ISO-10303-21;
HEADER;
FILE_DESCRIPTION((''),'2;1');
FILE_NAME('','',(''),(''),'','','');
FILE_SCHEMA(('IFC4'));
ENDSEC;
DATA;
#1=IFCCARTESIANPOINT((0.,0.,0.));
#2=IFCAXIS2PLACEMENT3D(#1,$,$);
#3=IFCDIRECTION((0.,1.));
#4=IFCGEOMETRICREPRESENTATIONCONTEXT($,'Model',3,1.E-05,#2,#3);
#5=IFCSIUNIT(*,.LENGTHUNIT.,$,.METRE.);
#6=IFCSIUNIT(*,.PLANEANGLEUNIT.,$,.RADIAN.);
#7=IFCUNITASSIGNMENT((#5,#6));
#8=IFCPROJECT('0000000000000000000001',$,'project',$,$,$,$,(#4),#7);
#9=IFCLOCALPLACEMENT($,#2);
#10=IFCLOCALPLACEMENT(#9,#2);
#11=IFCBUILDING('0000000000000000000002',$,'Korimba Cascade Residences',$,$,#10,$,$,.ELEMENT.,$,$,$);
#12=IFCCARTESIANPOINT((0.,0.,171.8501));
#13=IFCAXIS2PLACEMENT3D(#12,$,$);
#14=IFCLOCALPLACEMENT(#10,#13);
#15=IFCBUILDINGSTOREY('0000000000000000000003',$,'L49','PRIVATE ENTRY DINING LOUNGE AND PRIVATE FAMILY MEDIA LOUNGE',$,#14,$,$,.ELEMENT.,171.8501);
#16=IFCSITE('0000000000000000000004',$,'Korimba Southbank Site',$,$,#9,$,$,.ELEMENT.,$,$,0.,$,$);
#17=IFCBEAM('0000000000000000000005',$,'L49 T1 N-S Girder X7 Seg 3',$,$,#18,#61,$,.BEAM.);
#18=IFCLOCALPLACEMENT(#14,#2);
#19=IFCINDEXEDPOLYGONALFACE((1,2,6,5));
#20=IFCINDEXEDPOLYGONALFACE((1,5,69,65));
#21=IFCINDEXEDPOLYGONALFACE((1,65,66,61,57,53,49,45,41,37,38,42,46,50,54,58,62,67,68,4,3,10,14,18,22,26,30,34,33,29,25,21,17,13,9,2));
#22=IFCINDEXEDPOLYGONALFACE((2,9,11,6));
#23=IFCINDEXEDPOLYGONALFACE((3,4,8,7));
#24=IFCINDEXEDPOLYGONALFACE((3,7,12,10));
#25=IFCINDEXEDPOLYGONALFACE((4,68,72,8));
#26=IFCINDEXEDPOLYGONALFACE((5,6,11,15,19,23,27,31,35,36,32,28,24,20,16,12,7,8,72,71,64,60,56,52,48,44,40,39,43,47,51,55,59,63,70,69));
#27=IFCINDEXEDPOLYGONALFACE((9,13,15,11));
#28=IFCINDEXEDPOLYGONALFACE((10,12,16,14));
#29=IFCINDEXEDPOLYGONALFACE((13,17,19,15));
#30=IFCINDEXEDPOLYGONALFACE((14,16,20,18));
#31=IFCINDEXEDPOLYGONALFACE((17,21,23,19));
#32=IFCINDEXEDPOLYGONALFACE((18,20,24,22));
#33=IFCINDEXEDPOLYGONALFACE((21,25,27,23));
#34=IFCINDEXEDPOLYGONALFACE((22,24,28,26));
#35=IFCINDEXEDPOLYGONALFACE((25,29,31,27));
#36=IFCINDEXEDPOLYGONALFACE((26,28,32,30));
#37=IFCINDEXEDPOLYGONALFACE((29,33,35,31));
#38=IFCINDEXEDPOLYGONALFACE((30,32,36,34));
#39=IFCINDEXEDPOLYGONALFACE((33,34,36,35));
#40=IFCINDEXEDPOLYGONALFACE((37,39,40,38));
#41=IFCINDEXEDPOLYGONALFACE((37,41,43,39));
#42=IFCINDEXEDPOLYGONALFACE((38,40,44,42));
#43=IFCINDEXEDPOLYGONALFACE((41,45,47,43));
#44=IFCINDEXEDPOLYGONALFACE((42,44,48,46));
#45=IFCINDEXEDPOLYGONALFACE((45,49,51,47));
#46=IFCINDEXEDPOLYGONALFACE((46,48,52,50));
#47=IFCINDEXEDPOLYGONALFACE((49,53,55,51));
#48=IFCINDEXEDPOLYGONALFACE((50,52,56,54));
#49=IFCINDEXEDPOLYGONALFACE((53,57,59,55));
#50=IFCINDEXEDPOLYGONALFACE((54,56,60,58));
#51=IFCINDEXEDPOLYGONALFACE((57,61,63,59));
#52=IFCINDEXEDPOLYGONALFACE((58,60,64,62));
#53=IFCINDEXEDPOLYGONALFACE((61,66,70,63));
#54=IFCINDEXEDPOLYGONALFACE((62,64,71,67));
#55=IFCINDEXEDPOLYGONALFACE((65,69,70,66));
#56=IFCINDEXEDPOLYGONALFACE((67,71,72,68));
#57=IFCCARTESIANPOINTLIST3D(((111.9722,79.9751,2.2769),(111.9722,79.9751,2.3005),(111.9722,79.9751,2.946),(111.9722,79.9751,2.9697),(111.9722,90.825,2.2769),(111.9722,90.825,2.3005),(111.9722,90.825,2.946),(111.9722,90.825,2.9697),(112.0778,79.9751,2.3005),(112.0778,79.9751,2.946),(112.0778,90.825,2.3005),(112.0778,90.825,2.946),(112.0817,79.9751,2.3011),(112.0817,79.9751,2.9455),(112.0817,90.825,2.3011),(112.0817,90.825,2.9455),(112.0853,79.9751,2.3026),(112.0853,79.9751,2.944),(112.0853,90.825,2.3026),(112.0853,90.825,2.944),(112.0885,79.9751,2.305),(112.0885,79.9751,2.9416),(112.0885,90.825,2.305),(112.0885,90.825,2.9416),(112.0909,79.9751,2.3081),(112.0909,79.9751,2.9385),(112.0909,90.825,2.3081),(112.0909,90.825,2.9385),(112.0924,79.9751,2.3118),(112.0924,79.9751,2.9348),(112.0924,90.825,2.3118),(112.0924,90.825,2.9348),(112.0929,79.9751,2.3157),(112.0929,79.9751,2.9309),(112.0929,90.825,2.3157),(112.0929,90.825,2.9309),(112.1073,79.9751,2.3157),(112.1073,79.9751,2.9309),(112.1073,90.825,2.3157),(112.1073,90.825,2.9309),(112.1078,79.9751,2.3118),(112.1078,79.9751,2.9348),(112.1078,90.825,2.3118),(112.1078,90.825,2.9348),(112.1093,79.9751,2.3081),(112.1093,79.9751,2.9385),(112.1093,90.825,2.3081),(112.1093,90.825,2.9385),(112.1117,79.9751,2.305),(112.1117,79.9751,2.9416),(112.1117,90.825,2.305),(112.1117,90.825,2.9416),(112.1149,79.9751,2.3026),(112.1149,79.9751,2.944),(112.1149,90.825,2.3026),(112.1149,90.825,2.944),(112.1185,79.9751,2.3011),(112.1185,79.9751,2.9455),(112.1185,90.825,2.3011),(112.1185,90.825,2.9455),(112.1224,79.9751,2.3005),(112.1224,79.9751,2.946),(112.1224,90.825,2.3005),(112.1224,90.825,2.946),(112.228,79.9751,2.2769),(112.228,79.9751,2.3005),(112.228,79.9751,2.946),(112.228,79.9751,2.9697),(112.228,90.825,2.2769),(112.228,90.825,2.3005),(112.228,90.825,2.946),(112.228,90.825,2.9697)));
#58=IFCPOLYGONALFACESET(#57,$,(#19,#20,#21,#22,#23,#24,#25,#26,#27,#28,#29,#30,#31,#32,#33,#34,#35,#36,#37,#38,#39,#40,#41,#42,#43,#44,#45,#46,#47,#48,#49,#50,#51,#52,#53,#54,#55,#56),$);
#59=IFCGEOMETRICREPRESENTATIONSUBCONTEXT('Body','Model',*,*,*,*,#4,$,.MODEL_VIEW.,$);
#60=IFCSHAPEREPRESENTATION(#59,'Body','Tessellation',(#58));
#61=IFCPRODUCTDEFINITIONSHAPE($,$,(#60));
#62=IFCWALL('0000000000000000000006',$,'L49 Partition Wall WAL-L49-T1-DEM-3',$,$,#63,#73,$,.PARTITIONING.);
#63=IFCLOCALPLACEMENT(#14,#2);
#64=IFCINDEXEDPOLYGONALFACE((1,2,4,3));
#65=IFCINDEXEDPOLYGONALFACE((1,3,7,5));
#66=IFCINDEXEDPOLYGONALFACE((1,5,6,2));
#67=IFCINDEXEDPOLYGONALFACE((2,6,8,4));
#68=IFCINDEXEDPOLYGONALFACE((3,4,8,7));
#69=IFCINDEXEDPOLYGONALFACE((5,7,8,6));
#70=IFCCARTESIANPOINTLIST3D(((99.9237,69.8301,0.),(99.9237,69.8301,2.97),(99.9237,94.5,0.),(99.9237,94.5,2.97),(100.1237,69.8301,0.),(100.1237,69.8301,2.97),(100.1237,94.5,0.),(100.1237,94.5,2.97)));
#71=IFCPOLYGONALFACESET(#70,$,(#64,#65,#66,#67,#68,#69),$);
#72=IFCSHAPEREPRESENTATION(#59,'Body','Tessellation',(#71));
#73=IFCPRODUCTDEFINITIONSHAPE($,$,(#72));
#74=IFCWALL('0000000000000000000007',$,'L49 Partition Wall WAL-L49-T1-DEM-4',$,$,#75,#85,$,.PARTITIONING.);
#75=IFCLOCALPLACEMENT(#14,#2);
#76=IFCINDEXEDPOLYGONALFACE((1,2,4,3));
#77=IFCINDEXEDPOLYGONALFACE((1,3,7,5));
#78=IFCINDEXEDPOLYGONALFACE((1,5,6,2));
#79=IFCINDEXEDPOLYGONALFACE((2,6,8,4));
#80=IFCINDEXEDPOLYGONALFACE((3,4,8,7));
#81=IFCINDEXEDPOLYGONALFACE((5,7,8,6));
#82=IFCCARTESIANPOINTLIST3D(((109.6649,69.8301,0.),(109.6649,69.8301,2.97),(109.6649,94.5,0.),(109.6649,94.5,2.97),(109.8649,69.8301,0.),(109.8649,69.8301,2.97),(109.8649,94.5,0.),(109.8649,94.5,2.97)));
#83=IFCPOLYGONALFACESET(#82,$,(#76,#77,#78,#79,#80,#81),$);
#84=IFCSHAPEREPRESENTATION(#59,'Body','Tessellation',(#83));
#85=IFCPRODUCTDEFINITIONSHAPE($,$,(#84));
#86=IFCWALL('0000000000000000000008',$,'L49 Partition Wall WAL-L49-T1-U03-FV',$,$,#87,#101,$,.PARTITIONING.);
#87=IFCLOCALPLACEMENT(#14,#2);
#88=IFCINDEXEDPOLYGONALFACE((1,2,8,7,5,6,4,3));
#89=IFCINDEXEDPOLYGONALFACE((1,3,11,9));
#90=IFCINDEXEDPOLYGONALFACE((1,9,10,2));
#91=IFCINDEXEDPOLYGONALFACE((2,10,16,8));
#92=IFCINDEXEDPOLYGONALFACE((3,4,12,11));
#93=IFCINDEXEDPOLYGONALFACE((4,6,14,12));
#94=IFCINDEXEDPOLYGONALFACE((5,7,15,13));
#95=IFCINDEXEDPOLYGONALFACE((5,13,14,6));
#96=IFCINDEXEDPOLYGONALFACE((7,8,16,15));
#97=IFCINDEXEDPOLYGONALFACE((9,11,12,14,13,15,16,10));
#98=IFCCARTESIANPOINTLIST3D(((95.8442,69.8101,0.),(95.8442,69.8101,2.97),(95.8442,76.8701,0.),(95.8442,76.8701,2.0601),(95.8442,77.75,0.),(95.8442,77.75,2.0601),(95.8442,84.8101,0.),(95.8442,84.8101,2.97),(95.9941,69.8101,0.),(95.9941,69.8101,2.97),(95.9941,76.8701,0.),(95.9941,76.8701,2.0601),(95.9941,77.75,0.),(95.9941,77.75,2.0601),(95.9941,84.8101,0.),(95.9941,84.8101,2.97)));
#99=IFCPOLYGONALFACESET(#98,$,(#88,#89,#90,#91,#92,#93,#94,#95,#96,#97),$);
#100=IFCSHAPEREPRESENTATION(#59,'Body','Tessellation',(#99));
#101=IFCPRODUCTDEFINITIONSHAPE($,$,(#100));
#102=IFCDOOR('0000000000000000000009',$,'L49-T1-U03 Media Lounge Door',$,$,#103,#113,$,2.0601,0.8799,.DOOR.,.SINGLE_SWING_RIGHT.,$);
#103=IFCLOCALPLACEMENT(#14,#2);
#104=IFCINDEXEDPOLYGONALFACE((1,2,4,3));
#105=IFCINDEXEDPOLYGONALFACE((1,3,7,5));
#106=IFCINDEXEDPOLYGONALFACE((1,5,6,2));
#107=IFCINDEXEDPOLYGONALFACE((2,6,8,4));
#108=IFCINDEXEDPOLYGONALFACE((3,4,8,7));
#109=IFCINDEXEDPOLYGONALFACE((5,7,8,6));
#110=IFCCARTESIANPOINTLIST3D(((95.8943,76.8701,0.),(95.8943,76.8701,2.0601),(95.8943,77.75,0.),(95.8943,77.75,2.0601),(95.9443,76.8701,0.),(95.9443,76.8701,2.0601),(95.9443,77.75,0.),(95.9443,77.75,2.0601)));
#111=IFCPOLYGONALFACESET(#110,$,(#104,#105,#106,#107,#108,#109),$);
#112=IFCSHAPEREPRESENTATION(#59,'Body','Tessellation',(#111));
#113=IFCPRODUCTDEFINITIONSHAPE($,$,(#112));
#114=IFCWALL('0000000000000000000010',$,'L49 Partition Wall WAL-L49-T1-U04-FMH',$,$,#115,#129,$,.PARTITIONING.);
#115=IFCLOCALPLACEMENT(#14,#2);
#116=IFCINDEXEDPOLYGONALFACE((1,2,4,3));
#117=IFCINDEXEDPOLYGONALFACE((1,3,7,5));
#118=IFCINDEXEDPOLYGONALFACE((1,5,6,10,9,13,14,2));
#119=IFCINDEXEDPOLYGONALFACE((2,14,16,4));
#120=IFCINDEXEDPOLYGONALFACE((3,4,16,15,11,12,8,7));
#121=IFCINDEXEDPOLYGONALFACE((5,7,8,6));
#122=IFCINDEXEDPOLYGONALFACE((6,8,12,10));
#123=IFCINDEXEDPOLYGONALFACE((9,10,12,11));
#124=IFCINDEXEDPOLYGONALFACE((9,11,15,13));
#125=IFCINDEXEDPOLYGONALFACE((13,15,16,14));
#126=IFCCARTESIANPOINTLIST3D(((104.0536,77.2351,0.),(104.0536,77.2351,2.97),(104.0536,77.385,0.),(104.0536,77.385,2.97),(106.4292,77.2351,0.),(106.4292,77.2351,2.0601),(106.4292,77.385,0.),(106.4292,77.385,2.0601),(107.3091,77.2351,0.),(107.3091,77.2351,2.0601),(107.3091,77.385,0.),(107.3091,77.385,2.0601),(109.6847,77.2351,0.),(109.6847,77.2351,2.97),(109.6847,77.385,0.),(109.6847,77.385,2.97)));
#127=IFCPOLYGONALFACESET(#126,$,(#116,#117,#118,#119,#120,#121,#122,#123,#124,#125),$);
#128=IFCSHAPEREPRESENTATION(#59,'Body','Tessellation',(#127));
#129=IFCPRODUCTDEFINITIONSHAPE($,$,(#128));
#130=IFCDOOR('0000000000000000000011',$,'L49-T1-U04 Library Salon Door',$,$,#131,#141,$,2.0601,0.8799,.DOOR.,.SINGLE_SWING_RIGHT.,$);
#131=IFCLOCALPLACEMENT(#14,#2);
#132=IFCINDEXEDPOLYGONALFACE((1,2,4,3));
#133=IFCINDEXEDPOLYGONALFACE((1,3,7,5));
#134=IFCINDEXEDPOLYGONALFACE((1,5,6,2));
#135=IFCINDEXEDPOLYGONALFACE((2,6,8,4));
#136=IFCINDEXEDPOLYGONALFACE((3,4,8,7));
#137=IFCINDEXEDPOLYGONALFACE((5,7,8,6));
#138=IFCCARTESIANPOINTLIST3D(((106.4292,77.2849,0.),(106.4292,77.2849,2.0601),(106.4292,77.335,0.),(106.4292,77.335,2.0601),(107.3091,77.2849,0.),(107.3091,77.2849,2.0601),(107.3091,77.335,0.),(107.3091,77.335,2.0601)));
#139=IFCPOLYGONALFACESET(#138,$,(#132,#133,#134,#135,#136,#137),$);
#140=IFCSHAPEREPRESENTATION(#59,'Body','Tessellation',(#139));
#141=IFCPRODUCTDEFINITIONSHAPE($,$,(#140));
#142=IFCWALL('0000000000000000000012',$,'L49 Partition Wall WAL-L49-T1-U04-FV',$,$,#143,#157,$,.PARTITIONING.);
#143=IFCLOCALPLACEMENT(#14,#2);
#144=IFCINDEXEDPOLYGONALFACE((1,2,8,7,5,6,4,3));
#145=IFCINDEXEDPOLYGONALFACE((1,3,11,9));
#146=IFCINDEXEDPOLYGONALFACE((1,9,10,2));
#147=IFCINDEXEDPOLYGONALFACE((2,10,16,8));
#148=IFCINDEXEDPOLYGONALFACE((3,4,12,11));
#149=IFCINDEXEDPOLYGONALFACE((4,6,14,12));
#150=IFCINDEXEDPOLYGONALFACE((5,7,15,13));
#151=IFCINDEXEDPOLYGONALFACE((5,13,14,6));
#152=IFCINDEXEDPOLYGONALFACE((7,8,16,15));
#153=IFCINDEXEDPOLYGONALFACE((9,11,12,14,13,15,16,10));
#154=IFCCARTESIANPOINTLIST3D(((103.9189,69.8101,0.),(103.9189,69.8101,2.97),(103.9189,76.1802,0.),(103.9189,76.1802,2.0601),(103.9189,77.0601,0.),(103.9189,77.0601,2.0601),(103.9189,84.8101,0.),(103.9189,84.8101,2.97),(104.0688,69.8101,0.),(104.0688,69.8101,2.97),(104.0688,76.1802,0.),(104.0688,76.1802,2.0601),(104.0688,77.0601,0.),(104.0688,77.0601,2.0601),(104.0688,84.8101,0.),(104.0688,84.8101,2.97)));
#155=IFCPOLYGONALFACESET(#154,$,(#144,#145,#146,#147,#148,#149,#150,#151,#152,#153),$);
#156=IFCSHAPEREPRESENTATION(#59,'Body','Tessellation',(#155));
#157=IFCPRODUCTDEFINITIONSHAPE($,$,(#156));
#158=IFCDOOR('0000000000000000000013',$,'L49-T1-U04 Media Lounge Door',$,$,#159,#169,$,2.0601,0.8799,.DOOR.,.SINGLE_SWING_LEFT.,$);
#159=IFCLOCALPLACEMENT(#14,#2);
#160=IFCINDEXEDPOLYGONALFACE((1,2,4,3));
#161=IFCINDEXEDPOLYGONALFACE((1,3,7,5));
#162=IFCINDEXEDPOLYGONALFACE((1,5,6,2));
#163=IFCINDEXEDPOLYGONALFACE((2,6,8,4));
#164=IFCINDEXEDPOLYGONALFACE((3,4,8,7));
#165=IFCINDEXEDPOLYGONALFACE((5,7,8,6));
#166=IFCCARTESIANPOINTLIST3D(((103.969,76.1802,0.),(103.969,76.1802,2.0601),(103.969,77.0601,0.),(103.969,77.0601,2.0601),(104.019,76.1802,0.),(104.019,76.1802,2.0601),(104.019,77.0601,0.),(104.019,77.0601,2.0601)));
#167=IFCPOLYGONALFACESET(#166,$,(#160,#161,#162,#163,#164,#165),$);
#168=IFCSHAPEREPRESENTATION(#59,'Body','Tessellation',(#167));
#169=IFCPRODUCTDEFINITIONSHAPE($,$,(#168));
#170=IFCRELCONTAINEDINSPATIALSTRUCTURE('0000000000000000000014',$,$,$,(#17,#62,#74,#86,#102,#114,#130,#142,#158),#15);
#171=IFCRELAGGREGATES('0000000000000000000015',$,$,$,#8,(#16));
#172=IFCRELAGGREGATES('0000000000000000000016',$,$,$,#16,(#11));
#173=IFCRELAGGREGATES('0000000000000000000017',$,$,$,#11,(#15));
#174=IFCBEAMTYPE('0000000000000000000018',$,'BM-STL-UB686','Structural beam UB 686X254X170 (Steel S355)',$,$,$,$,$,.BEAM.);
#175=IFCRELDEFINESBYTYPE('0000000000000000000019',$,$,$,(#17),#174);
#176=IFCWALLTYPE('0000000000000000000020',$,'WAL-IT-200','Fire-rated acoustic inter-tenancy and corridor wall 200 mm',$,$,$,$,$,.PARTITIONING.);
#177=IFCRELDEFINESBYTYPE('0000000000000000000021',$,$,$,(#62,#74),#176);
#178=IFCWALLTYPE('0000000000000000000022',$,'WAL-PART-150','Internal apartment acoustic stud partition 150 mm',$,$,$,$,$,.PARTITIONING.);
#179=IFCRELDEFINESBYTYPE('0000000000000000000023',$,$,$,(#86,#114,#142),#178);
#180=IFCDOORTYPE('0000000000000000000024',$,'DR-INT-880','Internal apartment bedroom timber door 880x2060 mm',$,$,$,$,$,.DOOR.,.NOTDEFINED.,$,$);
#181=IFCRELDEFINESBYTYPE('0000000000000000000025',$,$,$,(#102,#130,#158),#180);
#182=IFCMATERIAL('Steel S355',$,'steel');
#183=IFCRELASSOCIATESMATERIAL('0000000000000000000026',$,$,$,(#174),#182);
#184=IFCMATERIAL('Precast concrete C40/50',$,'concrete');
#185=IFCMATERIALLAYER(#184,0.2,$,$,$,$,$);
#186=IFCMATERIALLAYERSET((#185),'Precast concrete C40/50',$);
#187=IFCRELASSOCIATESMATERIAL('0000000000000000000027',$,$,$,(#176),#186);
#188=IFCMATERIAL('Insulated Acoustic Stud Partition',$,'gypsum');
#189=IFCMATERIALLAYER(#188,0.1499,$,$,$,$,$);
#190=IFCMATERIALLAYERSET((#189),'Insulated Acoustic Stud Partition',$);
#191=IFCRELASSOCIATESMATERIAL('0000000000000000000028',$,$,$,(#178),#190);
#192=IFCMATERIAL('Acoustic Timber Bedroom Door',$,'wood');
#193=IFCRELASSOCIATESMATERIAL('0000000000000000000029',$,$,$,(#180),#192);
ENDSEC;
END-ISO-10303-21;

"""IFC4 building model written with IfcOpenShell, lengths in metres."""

from ifc_helpers import new_model, si_unit, direction, frame, frame_2d, origin, origin_2d, place, context, subcontext, project, spatial, rectangle, i_section, extrude, material, layer, layer_set, material_profile, profile_set, type_object, element, fill, save


model = new_model("IFC4")

# Units and contexts
model_context = context("Model", 3, precision=1e-05, world=origin(), true_north=direction((0.0, 1.0)))
body_context = subcontext(model_context, "Body", "Model", "MODEL_VIEW")
ifc_project = project(units=[si_unit("LENGTHUNIT", "METRE"), si_unit("PLANEANGLEUNIT", "RADIAN")], contexts=[model_context])

# Site, building, storey
site_placement = place(None, origin())
site = spatial("IfcSite", under=ifc_project, at=site_placement, Name="Korimba Southbank Site", CompositionType="ELEMENT", RefElevation=0.0)
building_placement = place(site_placement, origin())
building = spatial("IfcBuilding", under=site, at=building_placement, Name="Korimba Cascade Residences", CompositionType="ELEMENT")
storey_placement = place(building_placement, frame((0.0, 0.0, 171.8501)))
storey = spatial("IfcBuildingStorey", under=building, at=storey_placement, Name="L49", Description="PRIVATE ENTRY DINING LOUNGE AND PRIVATE FAMILY MEDIA LOUNGE", CompositionType="ELEMENT", Elevation=171.8501)

# Beam
ifc_material_1 = material(Name="Steel S355", Category="steel")
ifc_material_profile_1 = material_profile(ifc_material_1, i_section(OverallWidth=0.2559, OverallDepth=0.6929, WebThickness=0.0144, FlangeThickness=0.0237, FilletRadius=0.0151, at=origin_2d()), Name="Steel S355")
ifc_profile_set_1 = profile_set([ifc_material_profile_1], Name="Steel S355")
beam_type_1 = type_object("IfcBeamType", Name="BM-STL-UB686", Description="Structural beam UB 686X254X170 (Steel S355)", PredefinedType="BEAM", material=ifc_profile_set_1)
for number, where, z_axis, x_axis, name in (
    (1, (112.1001, 79.9751, 2.6233), (0.0, 1.0, 0.0), (-1.0, 0.0, 0.0), "L49 T1 N-S Girder X7 Seg 3"),
):
    element("IfcBeam", number, at=place(storey_placement, frame(where, z_axis=z_axis, x_axis=x_axis)), inside=storey, type_object=beam_type_1, Name=name, PredefinedType="BEAM", context=body_context, shape_type="SweptSolid", body=[
        extrude(i_section(OverallWidth=0.2559, OverallDepth=0.6929, WebThickness=0.0144, FlangeThickness=0.0237, FilletRadius=0.0151, at=origin_2d()), origin(), (0.0, 0.0, 1.0), 10.8499),
    ])

# Walls
ifc_material_2 = material(Name="Precast concrete C40/50", Category="concrete")
ifc_layer_1 = layer(ifc_material_2, 0.2)
ifc_layer_set_1 = layer_set([ifc_layer_1], Name="Precast concrete C40/50")
wall_type_1 = type_object("IfcWallType", Name="WAL-IT-200", Description="Fire-rated acoustic inter-tenancy and corridor wall 200 mm", PredefinedType="PARTITIONING", material=ifc_layer_set_1)
for number, where, z_axis, x_axis, name in (
    (2, (100.0237, 69.8301, 0.0), (0.0, 0.0, 1.0), (0.0, 1.0, 0.0), "L49 Partition Wall WAL-L49-T1-DEM-3"),
    (3, (109.7649, 69.8301, 0.0), (0.0, 0.0, 1.0), (0.0, 1.0, 0.0), "L49 Partition Wall WAL-L49-T1-DEM-4"),
):
    element("IfcWall", number, at=place(storey_placement, frame(where, z_axis=z_axis, x_axis=x_axis)), inside=storey, type_object=wall_type_1, Name=name, PredefinedType="PARTITIONING", context=body_context, shape_type="SweptSolid", body=[
        extrude(rectangle(XDim=24.6699, YDim=0.2, at=frame_2d((12.335, 0.0))), origin(), (0.0, 0.0, 1.0), 2.97),
    ])

# Walls, openings, doors
ifc_material_3 = material(Name="Insulated Acoustic Stud Partition", Category="gypsum")
ifc_layer_2 = layer(ifc_material_3, 0.1499)
ifc_layer_set_2 = layer_set([ifc_layer_2], Name="Insulated Acoustic Stud Partition")
wall_type_2 = type_object("IfcWallType", Name="WAL-PART-150", Description="Internal apartment acoustic stud partition 150 mm", PredefinedType="PARTITIONING", material=ifc_layer_set_2)
wall_1_placement = place(storey_placement, frame((95.9192, 69.8101, 0.0), z_axis=(0.0, 0.0, 1.0), x_axis=(0.0, 1.0, 0.0)))
wall_1 = element("IfcWall", 4, at=wall_1_placement, inside=storey, type_object=wall_type_2, Name="L49 Partition Wall WAL-L49-T1-U03-FV", PredefinedType="PARTITIONING", context=body_context, shape_type="SweptSolid", body=[
    extrude(rectangle(XDim=15.0, YDim=0.1499, at=frame_2d((7.5, 0.0))), origin(), (0.0, 0.0, 1.0), 2.97),
])
opening_1_placement = place(wall_1_placement, frame((7.0601, 0.0, 0.0)))
opening_1 = element("IfcOpeningElement", 5, at=opening_1_placement, cuts=wall_1, PredefinedType="OPENING", context=body_context, shape_type="SweptSolid", body=[
    extrude(rectangle(XDim=0.8799, YDim=2.0601, at=frame_2d((0.4399, 1.03))), frame((0.0, 0.085, 0.0), z_axis=(0.0, -1.0, 0.0), x_axis=(1.0, 0.0, 0.0)), (0.0, 0.0, 1.0), 0.1699),
])
ifc_material_4 = material(Name="Acoustic Timber Bedroom Door", Category="wood")
door_type_1 = type_object("IfcDoorType", Name="DR-INT-880", Description="Internal apartment bedroom timber door 880x2060 mm", OperationType="NOTDEFINED", PredefinedType="DOOR", material=ifc_material_4)
door_1_placement = place(opening_1_placement, origin())
door_1 = element("IfcDoor", 6, at=door_1_placement, inside=storey, type_object=door_type_1, Name="L49-T1-U03 Media Lounge Door", OperationType="SINGLE_SWING_RIGHT", OverallHeight=2.0601, OverallWidth=0.8799, PredefinedType="DOOR", context=body_context, shape_type="SweptSolid", body=[
    extrude(rectangle(XDim=0.8799, YDim=2.0601, at=frame_2d((0.4399, 1.03))), frame((0.0, 0.0249, 0.0), z_axis=(0.0, -1.0, 0.0), x_axis=(1.0, 0.0, 0.0)), (0.0, 0.0, 1.0), 0.05),
])
fill(opening_1, door_1)
wall_2_placement = place(storey_placement, frame((104.0537, 77.3101, 0.0), z_axis=(0.0, 0.0, 1.0), x_axis=(1.0, 0.0, 0.0)))
wall_2 = element("IfcWall", 7, at=wall_2_placement, inside=storey, type_object=wall_type_2, Name="L49 Partition Wall WAL-L49-T1-U04-FMH", PredefinedType="PARTITIONING", context=body_context, shape_type="SweptSolid", body=[
    extrude(rectangle(XDim=5.6311, YDim=0.1499, at=frame_2d((2.8154, 0.0))), origin(), (0.0, 0.0, 1.0), 2.97),
])
opening_2_placement = place(wall_2_placement, frame((2.3755, 0.0, 0.0)))
opening_2 = element("IfcOpeningElement", 8, at=opening_2_placement, cuts=wall_2, PredefinedType="OPENING", context=body_context, shape_type="SweptSolid", body=[
    extrude(rectangle(XDim=0.8799, YDim=2.0601, at=frame_2d((0.4399, 1.03))), frame((0.0, 0.085, 0.0), z_axis=(0.0, -1.0, 0.0), x_axis=(1.0, 0.0, 0.0)), (0.0, 0.0, 1.0), 0.1699),
])
door_2_placement = place(opening_2_placement, origin())
door_2 = element("IfcDoor", 9, at=door_2_placement, inside=storey, type_object=door_type_1, Name="L49-T1-U04 Library Salon Door", OperationType="SINGLE_SWING_RIGHT", OverallHeight=2.0601, OverallWidth=0.8799, PredefinedType="DOOR", context=body_context, shape_type="SweptSolid", body=[
    extrude(rectangle(XDim=0.8799, YDim=2.0601, at=frame_2d((0.4399, 1.03))), frame((0.0, 0.0249, 0.0), z_axis=(0.0, -1.0, 0.0), x_axis=(1.0, 0.0, 0.0)), (0.0, 0.0, 1.0), 0.05),
])
fill(opening_2, door_2)
wall_3_placement = place(storey_placement, frame((103.9939, 69.8101, 0.0), z_axis=(0.0, 0.0, 1.0), x_axis=(0.0, 1.0, 0.0)))
wall_3 = element("IfcWall", 10, at=wall_3_placement, inside=storey, type_object=wall_type_2, Name="L49 Partition Wall WAL-L49-T1-U04-FV", PredefinedType="PARTITIONING", context=body_context, shape_type="SweptSolid", body=[
    extrude(rectangle(XDim=15.0, YDim=0.1499, at=frame_2d((7.5, 0.0))), origin(), (0.0, 0.0, 1.0), 2.97),
])
opening_3_placement = place(wall_3_placement, frame((6.3701, 0.0, 0.0)))
opening_3 = element("IfcOpeningElement", 11, at=opening_3_placement, cuts=wall_3, PredefinedType="OPENING", context=body_context, shape_type="SweptSolid", body=[
    extrude(rectangle(XDim=0.8799, YDim=2.0601, at=frame_2d((0.4399, 1.03))), frame((0.0, 0.085, 0.0), z_axis=(0.0, -1.0, 0.0), x_axis=(1.0, 0.0, 0.0)), (0.0, 0.0, 1.0), 0.1699),
])
door_3_placement = place(opening_3_placement, origin())
door_3 = element("IfcDoor", 12, at=door_3_placement, inside=storey, type_object=door_type_1, Name="L49-T1-U04 Media Lounge Door", OperationType="SINGLE_SWING_LEFT", OverallHeight=2.0601, OverallWidth=0.8799, PredefinedType="DOOR", context=body_context, shape_type="SweptSolid", body=[
    extrude(rectangle(XDim=0.8799, YDim=2.0601, at=frame_2d((0.4399, 1.03))), frame((0.0, 0.0249, 0.0), z_axis=(0.0, -1.0, 0.0), x_axis=(1.0, 0.0, 0.0)), (0.0, 0.0, 1.0), 0.05),
])
fill(opening_3, door_3)

save(model, "model.ifc")
